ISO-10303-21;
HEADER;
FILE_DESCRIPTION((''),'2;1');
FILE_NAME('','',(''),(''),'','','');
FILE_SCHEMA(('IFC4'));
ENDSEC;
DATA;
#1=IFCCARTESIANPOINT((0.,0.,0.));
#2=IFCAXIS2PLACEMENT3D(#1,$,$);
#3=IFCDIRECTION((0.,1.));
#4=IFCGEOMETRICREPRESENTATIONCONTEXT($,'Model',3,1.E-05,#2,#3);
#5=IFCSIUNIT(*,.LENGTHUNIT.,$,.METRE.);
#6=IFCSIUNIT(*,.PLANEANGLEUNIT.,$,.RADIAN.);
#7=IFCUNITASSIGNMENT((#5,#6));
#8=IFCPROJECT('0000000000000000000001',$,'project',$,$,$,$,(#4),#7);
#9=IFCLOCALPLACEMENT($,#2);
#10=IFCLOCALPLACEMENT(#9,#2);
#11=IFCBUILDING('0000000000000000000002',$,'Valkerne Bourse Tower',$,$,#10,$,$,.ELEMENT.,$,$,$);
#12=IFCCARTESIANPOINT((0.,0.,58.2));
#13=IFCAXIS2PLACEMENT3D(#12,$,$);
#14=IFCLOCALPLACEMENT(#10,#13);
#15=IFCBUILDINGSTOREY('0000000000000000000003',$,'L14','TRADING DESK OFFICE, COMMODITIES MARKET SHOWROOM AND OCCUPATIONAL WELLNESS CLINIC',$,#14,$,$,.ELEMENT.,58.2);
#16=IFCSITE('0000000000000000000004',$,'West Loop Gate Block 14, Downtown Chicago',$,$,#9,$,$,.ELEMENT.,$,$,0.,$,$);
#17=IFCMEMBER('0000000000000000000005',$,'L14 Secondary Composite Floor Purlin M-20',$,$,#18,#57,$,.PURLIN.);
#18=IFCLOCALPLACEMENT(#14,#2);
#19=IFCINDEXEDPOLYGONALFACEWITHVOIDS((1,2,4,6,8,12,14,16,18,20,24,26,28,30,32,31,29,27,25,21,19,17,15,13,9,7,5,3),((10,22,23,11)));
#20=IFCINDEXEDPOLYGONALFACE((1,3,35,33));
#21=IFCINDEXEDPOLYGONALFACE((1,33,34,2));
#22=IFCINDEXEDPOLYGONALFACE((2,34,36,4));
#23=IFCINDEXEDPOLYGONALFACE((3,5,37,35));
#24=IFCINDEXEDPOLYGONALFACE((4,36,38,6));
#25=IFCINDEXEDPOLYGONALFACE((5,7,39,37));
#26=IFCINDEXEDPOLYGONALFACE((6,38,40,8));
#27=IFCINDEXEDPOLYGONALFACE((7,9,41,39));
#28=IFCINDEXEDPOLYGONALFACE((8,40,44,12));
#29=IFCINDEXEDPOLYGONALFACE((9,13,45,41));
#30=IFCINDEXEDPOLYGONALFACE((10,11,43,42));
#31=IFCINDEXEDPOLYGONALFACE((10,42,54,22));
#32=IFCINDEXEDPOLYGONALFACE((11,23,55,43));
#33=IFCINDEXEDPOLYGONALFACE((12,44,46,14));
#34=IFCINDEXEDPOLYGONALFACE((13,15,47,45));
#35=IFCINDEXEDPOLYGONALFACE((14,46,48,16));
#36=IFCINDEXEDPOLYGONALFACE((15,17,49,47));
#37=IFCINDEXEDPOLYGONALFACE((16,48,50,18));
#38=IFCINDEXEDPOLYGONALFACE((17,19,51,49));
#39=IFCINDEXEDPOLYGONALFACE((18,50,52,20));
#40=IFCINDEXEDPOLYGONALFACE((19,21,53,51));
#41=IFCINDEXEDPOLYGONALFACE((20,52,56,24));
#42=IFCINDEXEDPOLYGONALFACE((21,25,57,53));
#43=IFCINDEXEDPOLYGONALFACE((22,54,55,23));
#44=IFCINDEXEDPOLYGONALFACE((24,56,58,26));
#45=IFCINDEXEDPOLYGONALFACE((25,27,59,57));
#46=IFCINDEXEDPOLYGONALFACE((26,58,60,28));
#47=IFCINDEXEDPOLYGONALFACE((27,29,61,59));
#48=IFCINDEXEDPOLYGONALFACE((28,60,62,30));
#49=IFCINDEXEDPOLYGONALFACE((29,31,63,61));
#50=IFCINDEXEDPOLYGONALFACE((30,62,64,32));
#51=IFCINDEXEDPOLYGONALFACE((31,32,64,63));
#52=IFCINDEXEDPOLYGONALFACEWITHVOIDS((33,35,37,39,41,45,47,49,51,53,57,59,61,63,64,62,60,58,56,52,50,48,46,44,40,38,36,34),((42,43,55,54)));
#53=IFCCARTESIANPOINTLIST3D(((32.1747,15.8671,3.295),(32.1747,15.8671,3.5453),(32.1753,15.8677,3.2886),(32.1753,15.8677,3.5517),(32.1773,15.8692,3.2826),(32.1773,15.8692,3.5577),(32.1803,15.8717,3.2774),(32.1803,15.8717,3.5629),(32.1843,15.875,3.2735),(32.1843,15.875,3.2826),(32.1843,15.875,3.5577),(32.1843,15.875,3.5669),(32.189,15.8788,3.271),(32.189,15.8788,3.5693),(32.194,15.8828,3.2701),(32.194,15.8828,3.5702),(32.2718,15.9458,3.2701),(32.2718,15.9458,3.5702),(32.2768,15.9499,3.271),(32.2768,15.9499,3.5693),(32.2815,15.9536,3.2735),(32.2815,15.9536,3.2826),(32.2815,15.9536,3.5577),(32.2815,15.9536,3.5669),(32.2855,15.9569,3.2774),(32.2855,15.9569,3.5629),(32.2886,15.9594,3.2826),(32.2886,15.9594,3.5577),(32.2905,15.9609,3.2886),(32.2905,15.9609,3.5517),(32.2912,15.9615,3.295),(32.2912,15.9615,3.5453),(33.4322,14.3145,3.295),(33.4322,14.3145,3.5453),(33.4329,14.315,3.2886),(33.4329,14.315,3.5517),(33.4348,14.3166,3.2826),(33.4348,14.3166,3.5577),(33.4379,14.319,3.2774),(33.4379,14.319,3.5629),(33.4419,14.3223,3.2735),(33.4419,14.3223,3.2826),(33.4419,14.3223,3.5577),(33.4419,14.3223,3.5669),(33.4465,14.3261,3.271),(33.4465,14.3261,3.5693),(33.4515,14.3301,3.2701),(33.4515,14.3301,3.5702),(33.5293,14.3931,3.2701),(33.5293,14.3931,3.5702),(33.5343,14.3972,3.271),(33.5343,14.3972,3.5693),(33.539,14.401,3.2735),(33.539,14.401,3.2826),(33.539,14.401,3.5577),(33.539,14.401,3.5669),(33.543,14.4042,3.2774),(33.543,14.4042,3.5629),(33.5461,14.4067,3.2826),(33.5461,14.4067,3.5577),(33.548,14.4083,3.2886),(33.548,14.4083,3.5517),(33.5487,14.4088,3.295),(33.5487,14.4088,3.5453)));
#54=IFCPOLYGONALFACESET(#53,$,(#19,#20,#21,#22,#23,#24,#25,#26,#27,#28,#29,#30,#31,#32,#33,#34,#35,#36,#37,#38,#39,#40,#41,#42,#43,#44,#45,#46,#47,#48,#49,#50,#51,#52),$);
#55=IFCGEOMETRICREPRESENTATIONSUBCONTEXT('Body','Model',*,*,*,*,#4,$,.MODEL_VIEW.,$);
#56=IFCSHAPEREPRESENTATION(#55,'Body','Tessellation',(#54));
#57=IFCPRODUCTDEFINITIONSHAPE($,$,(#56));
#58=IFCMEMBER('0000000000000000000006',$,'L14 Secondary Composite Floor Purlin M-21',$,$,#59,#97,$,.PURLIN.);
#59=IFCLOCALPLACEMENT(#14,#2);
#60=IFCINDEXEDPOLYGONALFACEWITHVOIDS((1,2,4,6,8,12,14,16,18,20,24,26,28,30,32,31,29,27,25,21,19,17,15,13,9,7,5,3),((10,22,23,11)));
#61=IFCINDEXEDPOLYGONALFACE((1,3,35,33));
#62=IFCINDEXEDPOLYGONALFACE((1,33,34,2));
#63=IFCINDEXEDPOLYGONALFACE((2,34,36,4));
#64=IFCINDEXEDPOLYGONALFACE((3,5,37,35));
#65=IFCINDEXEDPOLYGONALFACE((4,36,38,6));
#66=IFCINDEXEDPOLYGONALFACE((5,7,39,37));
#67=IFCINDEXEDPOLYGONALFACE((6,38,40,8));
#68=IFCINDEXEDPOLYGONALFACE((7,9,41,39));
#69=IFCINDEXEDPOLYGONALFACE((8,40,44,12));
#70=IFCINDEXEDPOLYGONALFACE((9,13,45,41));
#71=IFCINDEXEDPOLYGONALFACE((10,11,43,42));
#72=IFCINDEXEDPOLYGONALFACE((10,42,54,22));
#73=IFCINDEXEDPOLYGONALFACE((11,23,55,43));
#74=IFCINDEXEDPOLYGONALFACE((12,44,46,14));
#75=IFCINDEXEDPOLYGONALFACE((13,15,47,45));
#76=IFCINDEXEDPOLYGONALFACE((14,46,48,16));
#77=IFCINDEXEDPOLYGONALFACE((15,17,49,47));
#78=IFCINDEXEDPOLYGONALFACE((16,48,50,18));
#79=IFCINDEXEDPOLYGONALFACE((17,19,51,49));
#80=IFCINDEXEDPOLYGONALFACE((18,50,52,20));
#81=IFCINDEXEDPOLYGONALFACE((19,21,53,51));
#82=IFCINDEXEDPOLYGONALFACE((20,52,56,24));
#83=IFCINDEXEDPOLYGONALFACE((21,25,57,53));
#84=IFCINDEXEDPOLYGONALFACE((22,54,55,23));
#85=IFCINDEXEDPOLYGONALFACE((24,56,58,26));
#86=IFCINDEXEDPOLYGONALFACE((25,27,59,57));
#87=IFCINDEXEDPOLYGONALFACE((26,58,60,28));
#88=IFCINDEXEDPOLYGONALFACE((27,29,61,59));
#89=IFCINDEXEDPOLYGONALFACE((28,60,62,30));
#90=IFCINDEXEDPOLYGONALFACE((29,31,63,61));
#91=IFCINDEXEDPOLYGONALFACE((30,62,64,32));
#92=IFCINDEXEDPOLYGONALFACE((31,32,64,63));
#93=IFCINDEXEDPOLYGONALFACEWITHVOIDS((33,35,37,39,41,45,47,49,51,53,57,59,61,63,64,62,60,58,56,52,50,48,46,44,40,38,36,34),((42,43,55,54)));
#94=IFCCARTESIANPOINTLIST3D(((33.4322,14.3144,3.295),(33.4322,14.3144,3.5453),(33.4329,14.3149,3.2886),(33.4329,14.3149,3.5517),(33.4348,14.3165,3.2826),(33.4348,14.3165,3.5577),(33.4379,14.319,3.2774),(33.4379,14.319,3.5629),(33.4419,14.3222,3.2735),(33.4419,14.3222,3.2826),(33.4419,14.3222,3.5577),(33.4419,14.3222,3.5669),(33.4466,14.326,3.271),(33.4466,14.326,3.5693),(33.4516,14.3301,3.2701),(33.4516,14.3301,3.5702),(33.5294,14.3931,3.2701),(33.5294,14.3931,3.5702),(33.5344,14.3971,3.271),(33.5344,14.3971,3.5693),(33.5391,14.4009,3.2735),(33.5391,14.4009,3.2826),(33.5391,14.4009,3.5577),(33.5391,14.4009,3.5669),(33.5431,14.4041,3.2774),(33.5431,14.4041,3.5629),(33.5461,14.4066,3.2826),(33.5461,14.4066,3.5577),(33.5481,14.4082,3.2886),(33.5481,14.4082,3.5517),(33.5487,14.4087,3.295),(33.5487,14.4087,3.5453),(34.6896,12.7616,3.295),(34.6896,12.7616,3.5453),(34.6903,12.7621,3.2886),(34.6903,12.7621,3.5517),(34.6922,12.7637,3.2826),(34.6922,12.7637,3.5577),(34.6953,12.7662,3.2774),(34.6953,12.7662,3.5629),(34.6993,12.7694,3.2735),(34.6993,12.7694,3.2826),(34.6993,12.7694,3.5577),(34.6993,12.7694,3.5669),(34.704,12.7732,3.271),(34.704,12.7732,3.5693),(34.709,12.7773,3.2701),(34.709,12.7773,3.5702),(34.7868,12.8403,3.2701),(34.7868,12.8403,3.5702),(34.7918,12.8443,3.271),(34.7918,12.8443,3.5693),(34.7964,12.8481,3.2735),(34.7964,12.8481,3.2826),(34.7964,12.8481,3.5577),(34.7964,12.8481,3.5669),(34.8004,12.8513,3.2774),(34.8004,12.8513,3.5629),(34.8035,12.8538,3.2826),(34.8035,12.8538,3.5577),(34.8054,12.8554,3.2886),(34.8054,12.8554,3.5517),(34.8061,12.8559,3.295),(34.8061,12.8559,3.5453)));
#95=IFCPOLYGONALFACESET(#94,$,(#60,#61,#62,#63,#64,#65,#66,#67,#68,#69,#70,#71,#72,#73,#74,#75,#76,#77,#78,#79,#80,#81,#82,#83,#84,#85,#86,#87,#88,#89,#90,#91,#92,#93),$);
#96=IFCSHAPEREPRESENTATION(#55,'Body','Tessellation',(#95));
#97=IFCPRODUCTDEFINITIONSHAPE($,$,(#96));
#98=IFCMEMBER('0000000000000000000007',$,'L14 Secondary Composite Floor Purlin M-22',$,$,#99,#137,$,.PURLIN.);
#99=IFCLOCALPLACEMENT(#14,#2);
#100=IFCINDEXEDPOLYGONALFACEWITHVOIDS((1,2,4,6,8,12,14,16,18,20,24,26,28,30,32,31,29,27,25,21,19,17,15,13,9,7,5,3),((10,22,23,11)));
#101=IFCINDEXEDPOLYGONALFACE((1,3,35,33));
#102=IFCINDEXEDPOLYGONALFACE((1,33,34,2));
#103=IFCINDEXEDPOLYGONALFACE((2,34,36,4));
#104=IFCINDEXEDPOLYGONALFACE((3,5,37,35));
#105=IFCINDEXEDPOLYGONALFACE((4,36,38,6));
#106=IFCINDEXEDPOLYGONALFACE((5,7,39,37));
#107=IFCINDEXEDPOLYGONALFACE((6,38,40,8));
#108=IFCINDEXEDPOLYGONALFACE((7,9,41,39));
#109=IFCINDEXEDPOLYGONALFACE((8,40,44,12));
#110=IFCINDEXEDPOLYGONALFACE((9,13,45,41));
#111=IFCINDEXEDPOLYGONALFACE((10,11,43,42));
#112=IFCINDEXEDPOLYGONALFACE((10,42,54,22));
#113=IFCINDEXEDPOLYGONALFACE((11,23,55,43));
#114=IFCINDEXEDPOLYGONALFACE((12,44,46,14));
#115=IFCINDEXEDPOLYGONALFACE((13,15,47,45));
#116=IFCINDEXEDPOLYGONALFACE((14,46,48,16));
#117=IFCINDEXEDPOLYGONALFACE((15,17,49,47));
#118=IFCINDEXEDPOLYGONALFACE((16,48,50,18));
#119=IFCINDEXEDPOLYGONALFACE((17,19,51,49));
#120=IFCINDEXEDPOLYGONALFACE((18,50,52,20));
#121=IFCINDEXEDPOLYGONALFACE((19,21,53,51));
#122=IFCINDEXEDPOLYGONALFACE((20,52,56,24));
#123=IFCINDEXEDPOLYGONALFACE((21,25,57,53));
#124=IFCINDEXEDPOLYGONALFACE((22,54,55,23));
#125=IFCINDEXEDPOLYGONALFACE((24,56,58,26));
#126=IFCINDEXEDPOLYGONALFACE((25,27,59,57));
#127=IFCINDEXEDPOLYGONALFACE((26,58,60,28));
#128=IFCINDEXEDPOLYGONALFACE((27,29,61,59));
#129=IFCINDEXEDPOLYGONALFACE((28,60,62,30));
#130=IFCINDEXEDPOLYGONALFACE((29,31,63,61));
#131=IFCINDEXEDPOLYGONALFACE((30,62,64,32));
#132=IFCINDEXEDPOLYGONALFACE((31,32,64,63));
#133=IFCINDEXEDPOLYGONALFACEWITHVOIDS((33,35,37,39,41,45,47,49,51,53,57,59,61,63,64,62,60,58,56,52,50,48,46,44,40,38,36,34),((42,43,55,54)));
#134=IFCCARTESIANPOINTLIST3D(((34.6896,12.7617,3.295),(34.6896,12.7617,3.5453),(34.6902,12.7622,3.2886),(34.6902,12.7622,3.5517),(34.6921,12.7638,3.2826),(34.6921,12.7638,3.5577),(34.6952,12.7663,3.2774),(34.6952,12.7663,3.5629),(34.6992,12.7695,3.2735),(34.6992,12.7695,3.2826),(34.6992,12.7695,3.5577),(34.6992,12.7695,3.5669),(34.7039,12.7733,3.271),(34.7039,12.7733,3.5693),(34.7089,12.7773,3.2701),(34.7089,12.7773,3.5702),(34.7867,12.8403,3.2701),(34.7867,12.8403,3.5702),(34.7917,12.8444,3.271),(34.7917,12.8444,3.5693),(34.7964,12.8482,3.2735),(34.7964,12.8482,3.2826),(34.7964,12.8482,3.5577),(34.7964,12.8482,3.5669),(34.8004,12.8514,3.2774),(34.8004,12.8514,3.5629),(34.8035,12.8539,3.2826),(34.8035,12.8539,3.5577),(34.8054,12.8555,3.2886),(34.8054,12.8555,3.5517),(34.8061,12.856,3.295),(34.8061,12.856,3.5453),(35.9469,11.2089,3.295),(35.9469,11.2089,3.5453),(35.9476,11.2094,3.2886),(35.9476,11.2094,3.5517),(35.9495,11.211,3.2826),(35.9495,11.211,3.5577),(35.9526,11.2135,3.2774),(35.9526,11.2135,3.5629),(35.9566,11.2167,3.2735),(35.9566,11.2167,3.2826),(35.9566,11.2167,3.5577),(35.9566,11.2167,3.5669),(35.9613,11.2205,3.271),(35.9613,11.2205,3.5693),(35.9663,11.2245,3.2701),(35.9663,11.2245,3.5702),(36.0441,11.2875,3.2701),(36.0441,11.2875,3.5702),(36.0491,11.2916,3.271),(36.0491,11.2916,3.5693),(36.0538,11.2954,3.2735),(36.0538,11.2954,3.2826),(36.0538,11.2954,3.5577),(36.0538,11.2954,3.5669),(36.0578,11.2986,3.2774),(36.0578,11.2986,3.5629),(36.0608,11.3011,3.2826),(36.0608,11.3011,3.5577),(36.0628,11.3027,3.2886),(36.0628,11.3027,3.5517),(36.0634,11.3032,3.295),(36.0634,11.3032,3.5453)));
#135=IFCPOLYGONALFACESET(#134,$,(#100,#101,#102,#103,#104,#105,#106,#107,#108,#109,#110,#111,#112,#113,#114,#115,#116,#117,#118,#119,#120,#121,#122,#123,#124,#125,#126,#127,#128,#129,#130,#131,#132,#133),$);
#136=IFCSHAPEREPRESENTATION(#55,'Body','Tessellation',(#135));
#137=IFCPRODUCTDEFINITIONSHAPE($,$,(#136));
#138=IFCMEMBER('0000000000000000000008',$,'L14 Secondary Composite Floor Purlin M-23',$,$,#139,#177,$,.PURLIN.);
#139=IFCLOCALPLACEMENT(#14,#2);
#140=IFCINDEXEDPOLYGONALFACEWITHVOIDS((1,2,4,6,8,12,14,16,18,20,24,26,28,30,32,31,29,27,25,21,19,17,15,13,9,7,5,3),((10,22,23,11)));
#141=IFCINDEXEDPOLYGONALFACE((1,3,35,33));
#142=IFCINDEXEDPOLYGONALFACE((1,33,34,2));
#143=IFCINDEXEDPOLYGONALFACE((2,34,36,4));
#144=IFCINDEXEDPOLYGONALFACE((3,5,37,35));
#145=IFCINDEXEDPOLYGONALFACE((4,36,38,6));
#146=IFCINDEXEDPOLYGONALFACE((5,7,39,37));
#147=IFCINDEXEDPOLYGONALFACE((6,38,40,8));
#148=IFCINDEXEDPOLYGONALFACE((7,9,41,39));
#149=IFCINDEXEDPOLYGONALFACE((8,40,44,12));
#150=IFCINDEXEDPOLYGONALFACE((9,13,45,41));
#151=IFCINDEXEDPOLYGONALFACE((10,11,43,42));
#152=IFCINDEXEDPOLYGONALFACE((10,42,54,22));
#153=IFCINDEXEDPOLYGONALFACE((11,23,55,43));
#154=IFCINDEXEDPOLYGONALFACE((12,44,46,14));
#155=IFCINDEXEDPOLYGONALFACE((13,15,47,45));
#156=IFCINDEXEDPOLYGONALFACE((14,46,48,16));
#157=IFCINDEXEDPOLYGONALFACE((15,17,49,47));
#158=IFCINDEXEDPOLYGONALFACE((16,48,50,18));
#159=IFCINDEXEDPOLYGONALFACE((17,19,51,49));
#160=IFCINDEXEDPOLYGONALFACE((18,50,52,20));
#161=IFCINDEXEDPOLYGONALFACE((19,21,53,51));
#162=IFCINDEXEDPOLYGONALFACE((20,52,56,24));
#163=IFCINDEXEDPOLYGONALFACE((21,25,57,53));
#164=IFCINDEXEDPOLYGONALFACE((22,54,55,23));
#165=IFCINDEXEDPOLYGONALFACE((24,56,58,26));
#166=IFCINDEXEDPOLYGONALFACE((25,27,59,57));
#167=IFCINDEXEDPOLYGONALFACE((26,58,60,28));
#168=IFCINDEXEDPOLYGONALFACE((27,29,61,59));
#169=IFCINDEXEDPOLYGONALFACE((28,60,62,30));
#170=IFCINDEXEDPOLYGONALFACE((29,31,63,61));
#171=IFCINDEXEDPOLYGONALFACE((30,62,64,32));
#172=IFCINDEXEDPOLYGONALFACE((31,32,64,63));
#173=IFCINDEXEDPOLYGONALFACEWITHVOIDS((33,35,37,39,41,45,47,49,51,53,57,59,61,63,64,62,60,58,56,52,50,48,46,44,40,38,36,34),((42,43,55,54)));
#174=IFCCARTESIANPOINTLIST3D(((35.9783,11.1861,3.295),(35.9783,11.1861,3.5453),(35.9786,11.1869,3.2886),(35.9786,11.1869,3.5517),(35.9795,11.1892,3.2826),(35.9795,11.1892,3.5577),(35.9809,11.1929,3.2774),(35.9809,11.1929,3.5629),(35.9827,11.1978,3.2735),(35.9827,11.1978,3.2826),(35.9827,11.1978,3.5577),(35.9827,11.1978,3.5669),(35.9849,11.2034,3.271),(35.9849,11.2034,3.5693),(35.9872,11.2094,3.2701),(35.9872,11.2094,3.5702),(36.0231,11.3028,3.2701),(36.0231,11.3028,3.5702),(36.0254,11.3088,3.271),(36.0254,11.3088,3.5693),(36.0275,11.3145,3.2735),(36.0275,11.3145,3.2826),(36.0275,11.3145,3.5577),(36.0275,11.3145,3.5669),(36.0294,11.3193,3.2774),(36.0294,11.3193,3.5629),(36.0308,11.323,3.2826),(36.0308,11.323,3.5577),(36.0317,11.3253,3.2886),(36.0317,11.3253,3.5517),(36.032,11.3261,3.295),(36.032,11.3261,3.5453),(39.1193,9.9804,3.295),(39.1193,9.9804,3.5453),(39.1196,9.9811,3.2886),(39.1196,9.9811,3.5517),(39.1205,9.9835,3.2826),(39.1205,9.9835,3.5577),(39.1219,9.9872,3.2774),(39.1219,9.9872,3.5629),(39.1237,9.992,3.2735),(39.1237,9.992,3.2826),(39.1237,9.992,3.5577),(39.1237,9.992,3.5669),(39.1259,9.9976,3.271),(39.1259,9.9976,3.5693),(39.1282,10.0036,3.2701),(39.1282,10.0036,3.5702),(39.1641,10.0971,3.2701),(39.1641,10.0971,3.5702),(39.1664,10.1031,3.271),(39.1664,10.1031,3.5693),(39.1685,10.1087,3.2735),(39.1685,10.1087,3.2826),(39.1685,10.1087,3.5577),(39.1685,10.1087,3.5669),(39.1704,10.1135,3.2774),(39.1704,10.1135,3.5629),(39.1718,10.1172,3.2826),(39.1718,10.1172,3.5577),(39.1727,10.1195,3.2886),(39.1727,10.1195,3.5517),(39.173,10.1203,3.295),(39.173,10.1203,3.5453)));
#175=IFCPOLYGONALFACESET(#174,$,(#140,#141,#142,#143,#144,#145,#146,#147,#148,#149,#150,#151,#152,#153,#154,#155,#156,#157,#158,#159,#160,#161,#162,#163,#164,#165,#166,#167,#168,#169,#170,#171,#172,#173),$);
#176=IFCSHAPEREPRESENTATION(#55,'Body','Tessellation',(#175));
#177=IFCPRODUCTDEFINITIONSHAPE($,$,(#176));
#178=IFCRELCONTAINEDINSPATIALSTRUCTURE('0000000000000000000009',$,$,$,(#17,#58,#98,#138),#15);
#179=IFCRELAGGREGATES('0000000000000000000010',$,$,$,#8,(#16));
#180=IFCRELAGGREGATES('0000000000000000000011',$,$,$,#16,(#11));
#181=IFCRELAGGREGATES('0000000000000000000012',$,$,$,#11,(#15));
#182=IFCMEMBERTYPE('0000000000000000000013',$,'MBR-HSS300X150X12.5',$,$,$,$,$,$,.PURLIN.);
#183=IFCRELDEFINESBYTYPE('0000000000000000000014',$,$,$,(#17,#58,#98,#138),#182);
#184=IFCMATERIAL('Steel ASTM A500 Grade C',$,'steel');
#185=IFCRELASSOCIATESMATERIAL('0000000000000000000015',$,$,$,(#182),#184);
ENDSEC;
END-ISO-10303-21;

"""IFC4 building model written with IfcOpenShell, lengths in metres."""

from ifc_helpers import new_model, si_unit, direction, frame, origin, origin_2d, place, context, subcontext, project, spatial, hollow_rectangle, extrude, material, material_profile, profile_set, type_object, element, save


model = new_model("IFC4")

# Units and contexts
model_context = context("Model", 3, precision=1e-05, world=origin(), true_north=direction((0.0, 1.0)))
body_context = subcontext(model_context, "Body", "Model", "MODEL_VIEW")
ifc_project = project(units=[si_unit("LENGTHUNIT", "METRE"), si_unit("PLANEANGLEUNIT", "RADIAN")], contexts=[model_context])

# Site, building, storey
site_placement = place(None, origin())
site = spatial("IfcSite", under=ifc_project, at=site_placement, Name="West Loop Gate Block 14, Downtown Chicago", CompositionType="ELEMENT", RefElevation=0.0)
building_placement = place(site_placement, origin())
building = spatial("IfcBuilding", under=site, at=building_placement, Name="Valkerne Bourse Tower", CompositionType="ELEMENT")
storey_placement = place(building_placement, frame((0.0, 0.0, 58.2)))
storey = spatial("IfcBuildingStorey", under=building, at=storey_placement, Name="L14", Description="TRADING DESK OFFICE, COMMODITIES MARKET SHOWROOM AND OCCUPATIONAL WELLNESS CLINIC", CompositionType="ELEMENT", Elevation=58.2)

# Members
ifc_material_1 = material(Name="Steel ASTM A500 Grade C", Category="steel")
ifc_material_profile_1 = material_profile(ifc_material_1, hollow_rectangle(XDim=0.1499, YDim=0.3, WallThickness=0.0125, OuterFilletRadius=0.0249, at=origin_2d()), Name="HSS300X150X12.5")
ifc_profile_set_1 = profile_set([ifc_material_profile_1], Name="Steel ASTM A500 Grade C")
member_type_1 = type_object("IfcMemberType", Name="MBR-HSS300X150X12.5", PredefinedType="PURLIN", material=ifc_profile_set_1)
for number, where, z_axis, x_axis, name in (
    (1, (32.2329, 15.9143, 3.4202), (0.629377, -0.7771, 0.0), (0.7771, 0.629377, 0.0), "L14 Secondary Composite Floor Purlin M-20"),
    (2, (33.4905, 14.3616, 3.4202), (0.629304, -0.777159, 0.0), (0.777159, 0.629304, 0.0), "L14 Secondary Composite Floor Purlin M-21"),
    (3, (34.7478, 12.8088, 3.4202), (0.629304, -0.777159, 0.0), (0.777159, 0.629304, 0.0), "L14 Secondary Composite Floor Purlin M-22"),
):
    element("IfcMember", number, at=place(storey_placement, frame(where, z_axis=z_axis, x_axis=x_axis)), inside=storey, type_object=member_type_1, Name=name, PredefinedType="PURLIN", context=body_context, shape_type="SweptSolid", body=[
        extrude(hollow_rectangle(XDim=0.1499, YDim=0.3, WallThickness=0.0125, OuterFilletRadius=0.0249, at=origin_2d()), origin(), (0.0, 0.0, 1.0), 1.998),
    ])
member_1_placement = place(storey_placement, frame((36.0051, 11.2561, 3.4202), z_axis=(0.933575, -0.358381, 0.0), x_axis=(0.358381, 0.933575, 0.0)))
element("IfcMember", 4, at=member_1_placement, inside=storey, type_object=member_type_1, Name="L14 Secondary Composite Floor Purlin M-23", PredefinedType="PURLIN", context=body_context, shape_type="SweptSolid", body=[
    extrude(hollow_rectangle(XDim=0.1499, YDim=0.3, WallThickness=0.0125, OuterFilletRadius=0.0249, at=origin_2d()), origin(), (0.0, 0.0, 1.0), 3.3645),
])

save(model, "model.ifc")
